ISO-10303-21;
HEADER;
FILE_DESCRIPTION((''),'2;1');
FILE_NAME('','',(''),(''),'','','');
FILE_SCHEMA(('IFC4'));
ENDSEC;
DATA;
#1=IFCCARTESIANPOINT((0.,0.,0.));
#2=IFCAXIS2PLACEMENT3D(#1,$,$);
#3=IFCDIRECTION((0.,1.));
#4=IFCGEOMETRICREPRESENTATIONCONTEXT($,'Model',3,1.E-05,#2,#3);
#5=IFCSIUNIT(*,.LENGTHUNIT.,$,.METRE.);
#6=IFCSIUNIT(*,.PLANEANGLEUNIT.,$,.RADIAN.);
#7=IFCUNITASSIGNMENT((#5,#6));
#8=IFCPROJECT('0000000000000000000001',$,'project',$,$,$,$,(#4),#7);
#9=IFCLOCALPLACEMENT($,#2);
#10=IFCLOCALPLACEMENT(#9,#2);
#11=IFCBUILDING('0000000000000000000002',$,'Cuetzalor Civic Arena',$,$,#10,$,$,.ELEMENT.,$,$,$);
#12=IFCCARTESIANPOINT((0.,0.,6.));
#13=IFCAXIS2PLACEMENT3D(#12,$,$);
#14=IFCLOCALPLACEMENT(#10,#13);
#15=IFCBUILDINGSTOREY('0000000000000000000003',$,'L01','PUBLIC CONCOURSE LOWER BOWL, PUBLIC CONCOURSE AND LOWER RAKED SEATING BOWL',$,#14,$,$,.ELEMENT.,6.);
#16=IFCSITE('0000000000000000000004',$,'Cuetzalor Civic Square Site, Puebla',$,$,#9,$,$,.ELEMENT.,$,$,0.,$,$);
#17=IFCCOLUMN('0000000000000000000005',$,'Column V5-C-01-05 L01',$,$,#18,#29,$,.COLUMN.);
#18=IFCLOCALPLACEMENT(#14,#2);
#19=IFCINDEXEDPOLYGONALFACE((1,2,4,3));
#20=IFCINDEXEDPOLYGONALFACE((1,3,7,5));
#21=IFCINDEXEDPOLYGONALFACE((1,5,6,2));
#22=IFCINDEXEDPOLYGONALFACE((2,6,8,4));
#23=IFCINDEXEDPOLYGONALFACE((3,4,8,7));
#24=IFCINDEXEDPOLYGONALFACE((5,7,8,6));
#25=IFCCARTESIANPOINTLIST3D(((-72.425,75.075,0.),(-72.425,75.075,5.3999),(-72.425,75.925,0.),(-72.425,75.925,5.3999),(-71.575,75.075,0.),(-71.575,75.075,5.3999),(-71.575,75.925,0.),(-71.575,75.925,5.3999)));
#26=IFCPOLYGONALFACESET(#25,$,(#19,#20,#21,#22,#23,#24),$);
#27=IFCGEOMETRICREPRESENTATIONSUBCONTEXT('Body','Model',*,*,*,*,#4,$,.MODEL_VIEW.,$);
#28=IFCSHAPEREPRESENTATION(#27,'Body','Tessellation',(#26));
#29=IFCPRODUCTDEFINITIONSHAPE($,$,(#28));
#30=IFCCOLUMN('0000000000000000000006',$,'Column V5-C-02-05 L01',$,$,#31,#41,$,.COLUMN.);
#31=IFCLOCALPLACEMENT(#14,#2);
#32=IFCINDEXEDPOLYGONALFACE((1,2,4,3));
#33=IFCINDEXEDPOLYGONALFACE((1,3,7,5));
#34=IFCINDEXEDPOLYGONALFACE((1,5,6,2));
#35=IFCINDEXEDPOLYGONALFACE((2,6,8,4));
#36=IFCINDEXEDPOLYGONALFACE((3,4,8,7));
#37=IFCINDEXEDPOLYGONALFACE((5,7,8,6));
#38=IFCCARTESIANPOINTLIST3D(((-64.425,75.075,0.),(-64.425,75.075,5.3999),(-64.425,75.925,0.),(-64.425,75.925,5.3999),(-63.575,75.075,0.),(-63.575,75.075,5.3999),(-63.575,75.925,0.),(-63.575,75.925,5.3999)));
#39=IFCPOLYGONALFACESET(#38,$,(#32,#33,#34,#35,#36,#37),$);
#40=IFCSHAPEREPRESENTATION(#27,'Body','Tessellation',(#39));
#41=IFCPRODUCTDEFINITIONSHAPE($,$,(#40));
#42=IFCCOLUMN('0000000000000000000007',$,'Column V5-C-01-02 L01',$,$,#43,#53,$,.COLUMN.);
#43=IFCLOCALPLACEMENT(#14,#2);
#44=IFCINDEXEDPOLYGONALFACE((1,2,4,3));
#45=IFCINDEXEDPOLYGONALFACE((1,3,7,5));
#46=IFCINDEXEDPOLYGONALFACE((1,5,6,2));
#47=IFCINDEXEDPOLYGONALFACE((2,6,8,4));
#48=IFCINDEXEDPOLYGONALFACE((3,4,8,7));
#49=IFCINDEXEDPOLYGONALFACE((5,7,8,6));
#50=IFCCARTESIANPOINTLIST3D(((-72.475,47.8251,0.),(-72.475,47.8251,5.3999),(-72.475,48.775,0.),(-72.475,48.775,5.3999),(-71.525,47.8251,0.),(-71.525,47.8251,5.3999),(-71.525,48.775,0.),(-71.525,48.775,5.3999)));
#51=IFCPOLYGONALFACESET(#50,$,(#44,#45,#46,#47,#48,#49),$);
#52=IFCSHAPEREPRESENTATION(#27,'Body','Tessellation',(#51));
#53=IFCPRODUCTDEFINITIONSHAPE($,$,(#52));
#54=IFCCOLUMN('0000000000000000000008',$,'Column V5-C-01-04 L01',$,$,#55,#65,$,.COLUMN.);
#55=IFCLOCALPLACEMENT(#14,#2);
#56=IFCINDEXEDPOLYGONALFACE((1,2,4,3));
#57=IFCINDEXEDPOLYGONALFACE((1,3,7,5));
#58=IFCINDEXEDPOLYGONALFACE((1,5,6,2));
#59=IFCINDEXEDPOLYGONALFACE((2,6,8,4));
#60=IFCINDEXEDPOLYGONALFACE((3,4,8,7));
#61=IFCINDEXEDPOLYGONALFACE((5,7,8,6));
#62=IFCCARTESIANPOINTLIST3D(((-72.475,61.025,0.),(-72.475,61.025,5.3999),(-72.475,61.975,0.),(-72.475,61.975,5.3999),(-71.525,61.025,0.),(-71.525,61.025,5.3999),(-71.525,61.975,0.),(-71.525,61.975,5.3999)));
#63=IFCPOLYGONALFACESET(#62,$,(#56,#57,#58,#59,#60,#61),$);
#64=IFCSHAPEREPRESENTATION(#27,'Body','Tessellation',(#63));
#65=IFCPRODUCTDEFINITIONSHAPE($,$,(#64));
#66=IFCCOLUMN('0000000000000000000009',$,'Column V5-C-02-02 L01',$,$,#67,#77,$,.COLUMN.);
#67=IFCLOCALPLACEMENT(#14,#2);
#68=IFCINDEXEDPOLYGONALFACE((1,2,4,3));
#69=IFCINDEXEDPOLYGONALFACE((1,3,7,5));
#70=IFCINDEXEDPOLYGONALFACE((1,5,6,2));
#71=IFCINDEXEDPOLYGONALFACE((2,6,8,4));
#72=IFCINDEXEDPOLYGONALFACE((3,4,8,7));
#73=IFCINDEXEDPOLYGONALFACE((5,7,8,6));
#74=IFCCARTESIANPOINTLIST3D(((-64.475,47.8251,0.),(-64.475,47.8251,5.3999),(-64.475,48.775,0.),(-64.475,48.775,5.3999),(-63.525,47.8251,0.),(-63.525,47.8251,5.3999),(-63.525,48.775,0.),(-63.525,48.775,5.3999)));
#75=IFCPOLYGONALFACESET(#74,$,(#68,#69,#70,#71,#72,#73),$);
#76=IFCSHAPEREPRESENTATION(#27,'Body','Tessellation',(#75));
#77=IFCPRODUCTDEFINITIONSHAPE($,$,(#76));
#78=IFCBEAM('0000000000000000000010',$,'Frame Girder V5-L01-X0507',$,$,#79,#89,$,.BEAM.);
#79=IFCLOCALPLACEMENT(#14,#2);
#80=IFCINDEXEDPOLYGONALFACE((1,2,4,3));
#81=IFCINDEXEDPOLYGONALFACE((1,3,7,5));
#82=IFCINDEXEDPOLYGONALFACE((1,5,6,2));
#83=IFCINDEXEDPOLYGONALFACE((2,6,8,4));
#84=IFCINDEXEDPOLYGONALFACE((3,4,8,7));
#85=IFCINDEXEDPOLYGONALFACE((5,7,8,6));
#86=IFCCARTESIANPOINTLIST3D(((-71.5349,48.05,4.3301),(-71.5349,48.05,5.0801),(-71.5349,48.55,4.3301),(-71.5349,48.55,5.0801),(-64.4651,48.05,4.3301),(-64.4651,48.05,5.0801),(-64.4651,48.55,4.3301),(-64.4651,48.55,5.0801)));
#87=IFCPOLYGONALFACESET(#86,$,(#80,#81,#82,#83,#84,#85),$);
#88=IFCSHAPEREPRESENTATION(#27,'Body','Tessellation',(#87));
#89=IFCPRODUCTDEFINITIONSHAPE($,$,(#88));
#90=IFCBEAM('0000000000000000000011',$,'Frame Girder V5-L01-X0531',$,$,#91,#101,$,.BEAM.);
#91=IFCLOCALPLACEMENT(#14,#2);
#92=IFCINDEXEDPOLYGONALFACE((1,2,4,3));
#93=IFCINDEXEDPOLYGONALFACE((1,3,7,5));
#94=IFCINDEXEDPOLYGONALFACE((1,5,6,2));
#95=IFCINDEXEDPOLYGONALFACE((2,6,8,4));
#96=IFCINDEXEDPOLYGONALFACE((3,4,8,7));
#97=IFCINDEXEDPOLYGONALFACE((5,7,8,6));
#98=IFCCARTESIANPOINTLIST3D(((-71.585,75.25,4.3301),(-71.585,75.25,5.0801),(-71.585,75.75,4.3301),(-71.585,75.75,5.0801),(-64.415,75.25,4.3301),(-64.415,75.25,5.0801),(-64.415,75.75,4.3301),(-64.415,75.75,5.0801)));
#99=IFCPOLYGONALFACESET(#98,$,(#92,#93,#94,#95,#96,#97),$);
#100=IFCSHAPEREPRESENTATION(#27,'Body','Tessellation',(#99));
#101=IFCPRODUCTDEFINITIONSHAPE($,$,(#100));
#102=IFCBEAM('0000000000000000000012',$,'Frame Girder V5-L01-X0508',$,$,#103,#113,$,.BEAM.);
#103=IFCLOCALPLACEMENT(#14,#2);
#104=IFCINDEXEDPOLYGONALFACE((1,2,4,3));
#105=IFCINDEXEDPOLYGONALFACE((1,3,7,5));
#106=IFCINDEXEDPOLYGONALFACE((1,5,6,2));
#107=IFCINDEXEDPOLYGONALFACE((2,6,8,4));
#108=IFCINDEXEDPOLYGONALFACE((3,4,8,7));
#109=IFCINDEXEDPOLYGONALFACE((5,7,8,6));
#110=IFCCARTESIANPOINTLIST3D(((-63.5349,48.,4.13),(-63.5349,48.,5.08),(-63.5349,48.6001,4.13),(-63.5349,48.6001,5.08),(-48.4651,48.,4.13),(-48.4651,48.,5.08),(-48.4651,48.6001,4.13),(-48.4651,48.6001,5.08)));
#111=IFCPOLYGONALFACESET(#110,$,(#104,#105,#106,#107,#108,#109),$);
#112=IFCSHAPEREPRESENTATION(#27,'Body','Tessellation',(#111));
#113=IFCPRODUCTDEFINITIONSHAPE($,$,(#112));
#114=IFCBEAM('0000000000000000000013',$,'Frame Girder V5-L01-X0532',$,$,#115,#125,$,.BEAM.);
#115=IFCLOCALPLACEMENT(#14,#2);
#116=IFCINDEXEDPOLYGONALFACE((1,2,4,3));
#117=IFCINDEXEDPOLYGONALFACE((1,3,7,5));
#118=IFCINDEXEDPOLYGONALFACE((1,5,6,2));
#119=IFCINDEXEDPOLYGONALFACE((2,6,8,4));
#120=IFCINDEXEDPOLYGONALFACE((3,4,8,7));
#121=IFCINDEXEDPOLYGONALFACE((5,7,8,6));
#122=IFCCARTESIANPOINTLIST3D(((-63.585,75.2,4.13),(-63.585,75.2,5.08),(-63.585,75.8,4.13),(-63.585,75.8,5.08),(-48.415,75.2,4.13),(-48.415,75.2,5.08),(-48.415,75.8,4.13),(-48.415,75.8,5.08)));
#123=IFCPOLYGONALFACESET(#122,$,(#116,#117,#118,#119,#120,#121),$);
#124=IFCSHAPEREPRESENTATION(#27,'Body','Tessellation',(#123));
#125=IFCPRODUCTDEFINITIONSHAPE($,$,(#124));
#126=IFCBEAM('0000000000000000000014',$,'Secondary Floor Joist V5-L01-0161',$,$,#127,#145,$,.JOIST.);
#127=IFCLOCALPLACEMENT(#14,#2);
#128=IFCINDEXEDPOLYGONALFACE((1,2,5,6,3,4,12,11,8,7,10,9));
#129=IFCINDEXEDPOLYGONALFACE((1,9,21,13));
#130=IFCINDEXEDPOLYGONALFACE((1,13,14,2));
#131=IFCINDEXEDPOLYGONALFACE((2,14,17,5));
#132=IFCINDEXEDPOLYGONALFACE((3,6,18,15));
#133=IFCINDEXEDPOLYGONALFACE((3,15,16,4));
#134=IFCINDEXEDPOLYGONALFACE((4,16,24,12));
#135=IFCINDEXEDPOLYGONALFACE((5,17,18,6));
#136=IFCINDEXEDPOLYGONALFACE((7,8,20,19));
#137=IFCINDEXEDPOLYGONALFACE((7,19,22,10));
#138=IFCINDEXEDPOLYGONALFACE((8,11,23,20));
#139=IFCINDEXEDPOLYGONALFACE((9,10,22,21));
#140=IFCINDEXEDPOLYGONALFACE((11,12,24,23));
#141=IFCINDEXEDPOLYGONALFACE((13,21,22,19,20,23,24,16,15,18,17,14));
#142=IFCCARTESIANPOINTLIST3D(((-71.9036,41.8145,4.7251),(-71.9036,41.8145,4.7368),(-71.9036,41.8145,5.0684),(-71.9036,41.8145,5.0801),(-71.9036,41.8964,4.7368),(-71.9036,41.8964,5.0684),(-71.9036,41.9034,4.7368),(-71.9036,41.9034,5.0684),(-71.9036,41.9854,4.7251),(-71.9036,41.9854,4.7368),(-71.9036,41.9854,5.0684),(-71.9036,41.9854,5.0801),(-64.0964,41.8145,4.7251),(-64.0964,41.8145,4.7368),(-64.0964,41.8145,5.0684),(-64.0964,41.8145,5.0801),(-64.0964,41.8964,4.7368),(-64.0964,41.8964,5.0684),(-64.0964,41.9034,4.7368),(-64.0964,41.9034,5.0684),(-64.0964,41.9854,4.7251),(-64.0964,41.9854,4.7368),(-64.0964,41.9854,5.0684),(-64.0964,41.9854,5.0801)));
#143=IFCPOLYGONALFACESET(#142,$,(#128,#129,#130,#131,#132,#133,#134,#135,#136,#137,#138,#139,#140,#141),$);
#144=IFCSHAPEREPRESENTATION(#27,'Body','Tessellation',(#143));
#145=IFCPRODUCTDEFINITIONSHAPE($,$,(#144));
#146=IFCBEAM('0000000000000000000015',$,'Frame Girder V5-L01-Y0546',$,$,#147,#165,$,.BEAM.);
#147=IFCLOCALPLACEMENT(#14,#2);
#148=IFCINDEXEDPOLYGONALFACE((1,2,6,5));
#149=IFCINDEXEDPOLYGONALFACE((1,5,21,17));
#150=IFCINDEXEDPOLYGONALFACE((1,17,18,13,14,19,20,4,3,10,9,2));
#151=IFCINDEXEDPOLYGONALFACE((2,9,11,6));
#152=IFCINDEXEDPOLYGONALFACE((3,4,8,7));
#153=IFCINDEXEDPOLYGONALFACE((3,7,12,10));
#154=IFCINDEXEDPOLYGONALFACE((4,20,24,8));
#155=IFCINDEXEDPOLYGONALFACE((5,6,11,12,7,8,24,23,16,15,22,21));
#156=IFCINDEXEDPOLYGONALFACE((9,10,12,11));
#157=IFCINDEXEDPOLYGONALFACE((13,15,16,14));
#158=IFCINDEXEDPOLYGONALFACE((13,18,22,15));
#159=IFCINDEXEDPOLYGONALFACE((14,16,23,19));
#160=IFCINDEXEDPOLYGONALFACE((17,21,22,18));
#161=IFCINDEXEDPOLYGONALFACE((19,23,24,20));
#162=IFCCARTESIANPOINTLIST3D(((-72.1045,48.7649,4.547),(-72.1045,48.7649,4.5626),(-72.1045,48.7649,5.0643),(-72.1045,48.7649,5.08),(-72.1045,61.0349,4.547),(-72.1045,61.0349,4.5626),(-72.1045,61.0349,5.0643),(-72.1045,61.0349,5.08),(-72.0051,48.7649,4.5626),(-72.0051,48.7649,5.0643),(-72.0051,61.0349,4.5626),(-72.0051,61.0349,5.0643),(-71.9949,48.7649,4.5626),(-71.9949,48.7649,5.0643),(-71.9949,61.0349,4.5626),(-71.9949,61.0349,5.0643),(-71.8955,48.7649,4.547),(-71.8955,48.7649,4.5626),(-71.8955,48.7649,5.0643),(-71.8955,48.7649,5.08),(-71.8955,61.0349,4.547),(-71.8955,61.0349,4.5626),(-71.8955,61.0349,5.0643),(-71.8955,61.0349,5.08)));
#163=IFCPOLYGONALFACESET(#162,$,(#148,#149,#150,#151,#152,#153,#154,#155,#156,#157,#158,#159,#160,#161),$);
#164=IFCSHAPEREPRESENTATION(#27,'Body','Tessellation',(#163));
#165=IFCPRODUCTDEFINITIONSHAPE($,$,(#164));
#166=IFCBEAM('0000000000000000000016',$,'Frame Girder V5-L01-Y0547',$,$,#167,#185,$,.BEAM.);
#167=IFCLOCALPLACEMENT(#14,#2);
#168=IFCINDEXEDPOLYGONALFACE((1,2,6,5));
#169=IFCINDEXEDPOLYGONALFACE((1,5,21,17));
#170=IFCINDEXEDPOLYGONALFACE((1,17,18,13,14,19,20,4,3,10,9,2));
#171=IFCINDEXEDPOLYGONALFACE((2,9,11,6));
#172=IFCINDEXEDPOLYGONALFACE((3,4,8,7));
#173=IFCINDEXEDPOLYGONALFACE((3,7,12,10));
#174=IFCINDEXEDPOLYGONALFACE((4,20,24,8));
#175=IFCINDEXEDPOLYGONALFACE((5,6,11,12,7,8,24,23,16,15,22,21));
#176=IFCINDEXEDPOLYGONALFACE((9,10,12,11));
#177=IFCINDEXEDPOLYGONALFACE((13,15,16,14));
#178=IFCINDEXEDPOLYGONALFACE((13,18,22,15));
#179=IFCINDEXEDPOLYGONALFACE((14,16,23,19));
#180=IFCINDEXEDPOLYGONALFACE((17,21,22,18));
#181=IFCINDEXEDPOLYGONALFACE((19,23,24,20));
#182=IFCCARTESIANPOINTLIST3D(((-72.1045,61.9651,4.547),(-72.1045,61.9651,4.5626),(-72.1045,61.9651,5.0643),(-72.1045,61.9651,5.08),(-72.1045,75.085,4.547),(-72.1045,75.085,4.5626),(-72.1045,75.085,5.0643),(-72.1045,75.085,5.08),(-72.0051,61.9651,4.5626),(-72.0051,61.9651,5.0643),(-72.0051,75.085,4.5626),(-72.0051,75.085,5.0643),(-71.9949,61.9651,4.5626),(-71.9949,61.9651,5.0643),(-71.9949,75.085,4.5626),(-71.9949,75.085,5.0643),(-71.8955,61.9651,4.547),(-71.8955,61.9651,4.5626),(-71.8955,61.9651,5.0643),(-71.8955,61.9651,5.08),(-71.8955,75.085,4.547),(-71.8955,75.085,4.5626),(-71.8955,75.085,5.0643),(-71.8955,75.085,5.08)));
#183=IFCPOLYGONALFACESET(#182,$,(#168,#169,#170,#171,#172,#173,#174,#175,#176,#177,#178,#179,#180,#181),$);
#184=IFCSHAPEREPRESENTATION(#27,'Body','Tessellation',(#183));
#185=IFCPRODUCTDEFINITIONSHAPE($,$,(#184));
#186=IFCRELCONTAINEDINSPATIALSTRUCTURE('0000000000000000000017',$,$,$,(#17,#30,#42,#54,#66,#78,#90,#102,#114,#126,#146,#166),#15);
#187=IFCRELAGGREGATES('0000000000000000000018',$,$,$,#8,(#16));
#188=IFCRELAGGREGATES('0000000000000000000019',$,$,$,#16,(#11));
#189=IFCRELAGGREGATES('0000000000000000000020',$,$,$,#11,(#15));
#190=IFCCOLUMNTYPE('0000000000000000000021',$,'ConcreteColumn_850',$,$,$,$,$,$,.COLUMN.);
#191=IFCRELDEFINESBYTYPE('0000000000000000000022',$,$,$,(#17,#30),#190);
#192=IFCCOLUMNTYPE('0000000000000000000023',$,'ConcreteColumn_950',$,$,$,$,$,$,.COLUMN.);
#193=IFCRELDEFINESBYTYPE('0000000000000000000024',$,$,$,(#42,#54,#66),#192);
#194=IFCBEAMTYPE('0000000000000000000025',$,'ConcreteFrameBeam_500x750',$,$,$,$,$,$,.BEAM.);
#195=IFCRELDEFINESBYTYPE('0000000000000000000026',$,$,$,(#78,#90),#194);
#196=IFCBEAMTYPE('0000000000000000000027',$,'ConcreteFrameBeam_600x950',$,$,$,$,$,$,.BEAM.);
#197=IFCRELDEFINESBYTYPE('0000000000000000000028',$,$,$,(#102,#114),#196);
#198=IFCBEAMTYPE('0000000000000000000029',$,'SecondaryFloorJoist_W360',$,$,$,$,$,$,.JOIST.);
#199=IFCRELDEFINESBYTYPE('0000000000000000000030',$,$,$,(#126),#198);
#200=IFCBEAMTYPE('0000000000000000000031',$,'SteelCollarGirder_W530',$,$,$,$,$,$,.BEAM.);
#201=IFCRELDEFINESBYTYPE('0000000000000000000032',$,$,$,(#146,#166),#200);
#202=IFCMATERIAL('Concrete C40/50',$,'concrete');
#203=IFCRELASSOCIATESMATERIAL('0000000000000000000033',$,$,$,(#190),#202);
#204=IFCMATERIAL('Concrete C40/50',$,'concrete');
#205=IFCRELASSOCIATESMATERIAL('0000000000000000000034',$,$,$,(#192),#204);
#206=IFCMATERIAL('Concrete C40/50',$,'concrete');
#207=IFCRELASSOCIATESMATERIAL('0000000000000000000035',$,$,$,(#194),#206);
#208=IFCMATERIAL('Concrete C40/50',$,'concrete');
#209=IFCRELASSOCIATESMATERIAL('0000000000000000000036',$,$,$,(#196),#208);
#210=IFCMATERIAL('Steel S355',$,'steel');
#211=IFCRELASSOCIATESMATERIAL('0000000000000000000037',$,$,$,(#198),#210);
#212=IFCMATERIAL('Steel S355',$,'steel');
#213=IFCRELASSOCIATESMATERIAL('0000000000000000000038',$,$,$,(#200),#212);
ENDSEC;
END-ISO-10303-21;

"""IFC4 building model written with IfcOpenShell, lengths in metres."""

from ifc_helpers import new_model, si_unit, direction, frame, origin, origin_2d, place, context, subcontext, project, spatial, rectangle, i_section, extrude, material, material_profile, profile_set, type_object, element, save


model = new_model("IFC4")

# Units and contexts
model_context = context("Model", 3, precision=1e-05, world=origin(), true_north=direction((0.0, 1.0)))
body_context = subcontext(model_context, "Body", "Model", "MODEL_VIEW")
ifc_project = project(units=[si_unit("LENGTHUNIT", "METRE"), si_unit("PLANEANGLEUNIT", "RADIAN")], contexts=[model_context])

# Site, building, storey
site_placement = place(None, origin())
site = spatial("IfcSite", under=ifc_project, at=site_placement, Name="Cuetzalor Civic Square Site, Puebla", CompositionType="ELEMENT", RefElevation=0.0)
building_placement = place(site_placement, origin())
building = spatial("IfcBuilding", under=site, at=building_placement, Name="Cuetzalor Civic Arena", CompositionType="ELEMENT")
storey_placement = place(building_placement, frame((0.0, 0.0, 6.0)))
storey = spatial("IfcBuildingStorey", under=building, at=storey_placement, Name="L01", Description="PUBLIC CONCOURSE LOWER BOWL, PUBLIC CONCOURSE AND LOWER RAKED SEATING BOWL", CompositionType="ELEMENT", Elevation=6.0)

# Columns
ifc_material_1 = material(Name="Concrete C40/50", Category="concrete")
ifc_material_profile_1 = material_profile(ifc_material_1, rectangle(XDim=0.8501, YDim=0.8501, at=origin_2d()), Name="RC 850x850")
ifc_profile_set_1 = profile_set([ifc_material_profile_1], Name="Concrete C40/50")
column_type_1 = type_object("IfcColumnType", Name="ConcreteColumn_850", PredefinedType="COLUMN", material=ifc_profile_set_1)
for number, where, z_axis, x_axis, name in (
    (1, (-72.0, 75.5, 0.0), (0.0, 0.0, 1.0), (1.0, 0.0, 0.0), "Column V5-C-01-05 L01"),
    (2, (-64.0, 75.5, 0.0), (0.0, 0.0, 1.0), (1.0, 0.0, 0.0), "Column V5-C-02-05 L01"),
):
    element("IfcColumn", number, at=place(storey_placement, frame(where, z_axis=z_axis, x_axis=x_axis)), inside=storey, type_object=column_type_1, Name=name, PredefinedType="COLUMN", context=body_context, shape_type="SweptSolid", body=[
        extrude(rectangle(XDim=0.8501, YDim=0.8501, at=origin_2d()), origin(), (0.0, 0.0, 1.0), 5.3999),
    ])
ifc_material_2 = material(Name="Concrete C40/50", Category="concrete")
ifc_material_profile_2 = material_profile(ifc_material_2, rectangle(XDim=0.95, YDim=0.95, at=origin_2d()), Name="RC 950x950")
ifc_profile_set_2 = profile_set([ifc_material_profile_2], Name="Concrete C40/50")
column_type_2 = type_object("IfcColumnType", Name="ConcreteColumn_950", PredefinedType="COLUMN", material=ifc_profile_set_2)
for number, where, z_axis, x_axis, name in (
    (3, (-72.0, 48.3, 0.0), (0.0, 0.0, 1.0), (1.0, 0.0, 0.0), "Column V5-C-01-02 L01"),
    (4, (-72.0, 61.5, 0.0), (0.0, 0.0, 1.0), (1.0, 0.0, 0.0), "Column V5-C-01-04 L01"),
    (5, (-64.0, 48.3, 0.0), (0.0, 0.0, 1.0), (1.0, 0.0, 0.0), "Column V5-C-02-02 L01"),
):
    element("IfcColumn", number, at=place(storey_placement, frame(where, z_axis=z_axis, x_axis=x_axis)), inside=storey, type_object=column_type_2, Name=name, PredefinedType="COLUMN", context=body_context, shape_type="SweptSolid", body=[
        extrude(rectangle(XDim=0.95, YDim=0.95, at=origin_2d()), origin(), (0.0, 0.0, 1.0), 5.3999),
    ])

# Beams
ifc_material_3 = material(Name="Concrete C40/50", Category="concrete")
ifc_material_profile_3 = material_profile(ifc_material_3, rectangle(XDim=0.5, YDim=0.75, at=origin_2d()), Name="RC 500x750")
ifc_profile_set_3 = profile_set([ifc_material_profile_3], Name="Concrete C40/50")
beam_type_1 = type_object("IfcBeamType", Name="ConcreteFrameBeam_500x750", PredefinedType="BEAM", material=ifc_profile_set_3)
beam_1_placement = place(storey_placement, frame((-71.5349, 48.3, 4.7051), z_axis=(1.0, 0.0, 0.0), x_axis=(0.0, 1.0, 0.0)))
element("IfcBeam", 6, at=beam_1_placement, inside=storey, type_object=beam_type_1, Name="Frame Girder V5-L01-X0507", PredefinedType="BEAM", context=body_context, shape_type="SweptSolid", body=[
    extrude(rectangle(XDim=0.5, YDim=0.75, at=origin_2d()), origin(), (0.0, 0.0, 1.0), 7.0698),
])
beam_2_placement = place(storey_placement, frame((-71.585, 75.5, 4.7051), z_axis=(1.0, 0.0, 0.0), x_axis=(0.0, 1.0, 0.0)))
element("IfcBeam", 7, at=beam_2_placement, inside=storey, type_object=beam_type_1, Name="Frame Girder V5-L01-X0531", PredefinedType="BEAM", context=body_context, shape_type="SweptSolid", body=[
    extrude(rectangle(XDim=0.5, YDim=0.75, at=origin_2d()), origin(), (0.0, 0.0, 1.0), 7.1699),
])
ifc_material_4 = material(Name="Concrete C40/50", Category="concrete")
ifc_material_profile_4 = material_profile(ifc_material_4, rectangle(XDim=0.6001, YDim=0.95, at=origin_2d()), Name="RC 600x950")
ifc_profile_set_4 = profile_set([ifc_material_profile_4], Name="Concrete C40/50")
beam_type_2 = type_object("IfcBeamType", Name="ConcreteFrameBeam_600x950", PredefinedType="BEAM", material=ifc_profile_set_4)
beam_3_placement = place(storey_placement, frame((-63.5349, 48.3, 4.605), z_axis=(1.0, 0.0, 0.0), x_axis=(0.0, 1.0, 0.0)))
element("IfcBeam", 8, at=beam_3_placement, inside=storey, type_object=beam_type_2, Name="Frame Girder V5-L01-X0508", PredefinedType="BEAM", context=body_context, shape_type="SweptSolid", body=[
    extrude(rectangle(XDim=0.6001, YDim=0.95, at=origin_2d()), origin(), (0.0, 0.0, 1.0), 15.0698),
])
beam_4_placement = place(storey_placement, frame((-63.585, 75.5, 4.605), z_axis=(1.0, 0.0, 0.0), x_axis=(0.0, 1.0, 0.0)))
element("IfcBeam", 9, at=beam_4_placement, inside=storey, type_object=beam_type_2, Name="Frame Girder V5-L01-X0532", PredefinedType="BEAM", context=body_context, shape_type="SweptSolid", body=[
    extrude(rectangle(XDim=0.6001, YDim=0.95, at=origin_2d()), origin(), (0.0, 0.0, 1.0), 15.1699),
])
ifc_material_5 = material(Name="Steel S355", Category="steel")
ifc_material_profile_5 = material_profile(ifc_material_5, i_section(OverallWidth=0.1709, OverallDepth=0.355, WebThickness=0.0071, FlangeThickness=0.0117, at=origin_2d()), Name="W360x51")
ifc_profile_set_5 = profile_set([ifc_material_profile_5], Name="Steel S355")
beam_type_3 = type_object("IfcBeamType", Name="SecondaryFloorJoist_W360", PredefinedType="JOIST", material=ifc_profile_set_5)
beam_5_placement = place(storey_placement, frame((-71.9036, 41.8999, 4.9026), z_axis=(1.0, 0.0, 0.0), x_axis=(0.0, 1.0, 0.0)))
element("IfcBeam", 10, at=beam_5_placement, inside=storey, type_object=beam_type_3, Name="Secondary Floor Joist V5-L01-0161", PredefinedType="JOIST", context=body_context, shape_type="SweptSolid", body=[
    extrude(i_section(OverallWidth=0.1709, OverallDepth=0.355, WebThickness=0.0071, FlangeThickness=0.0117, at=origin_2d()), origin(), (0.0, 0.0, 1.0), 7.8071),
])
ifc_material_6 = material(Name="Steel S355", Category="steel")
ifc_material_profile_6 = material_profile(ifc_material_6, i_section(OverallWidth=0.209, OverallDepth=0.533, WebThickness=0.0103, FlangeThickness=0.0156, at=origin_2d()), Name="W530x92")
ifc_profile_set_6 = profile_set([ifc_material_profile_6], Name="Steel S355")
beam_type_4 = type_object("IfcBeamType", Name="SteelCollarGirder_W530", PredefinedType="BEAM", material=ifc_profile_set_6)
beam_6_placement = place(storey_placement, frame((-72.0, 48.7649, 4.8135), z_axis=(0.0, 1.0, 0.0), x_axis=(-1.0, 0.0, 0.0)))
element("IfcBeam", 11, at=beam_6_placement, inside=storey, type_object=beam_type_4, Name="Frame Girder V5-L01-Y0546", PredefinedType="BEAM", context=body_context, shape_type="SweptSolid", body=[
    extrude(i_section(OverallWidth=0.209, OverallDepth=0.533, WebThickness=0.0103, FlangeThickness=0.0156, at=origin_2d()), origin(), (0.0, 0.0, 1.0), 12.27),
])
beam_7_placement = place(storey_placement, frame((-72.0, 61.9651, 4.8135), z_axis=(0.0, 1.0, 0.0), x_axis=(-1.0, 0.0, 0.0)))
element("IfcBeam", 12, at=beam_7_placement, inside=storey, type_object=beam_type_4, Name="Frame Girder V5-L01-Y0547", PredefinedType="BEAM", context=body_context, shape_type="SweptSolid", body=[
    extrude(i_section(OverallWidth=0.209, OverallDepth=0.533, WebThickness=0.0103, FlangeThickness=0.0156, at=origin_2d()), origin(), (0.0, 0.0, 1.0), 13.1199),
])

save(model, "model.ifc")
